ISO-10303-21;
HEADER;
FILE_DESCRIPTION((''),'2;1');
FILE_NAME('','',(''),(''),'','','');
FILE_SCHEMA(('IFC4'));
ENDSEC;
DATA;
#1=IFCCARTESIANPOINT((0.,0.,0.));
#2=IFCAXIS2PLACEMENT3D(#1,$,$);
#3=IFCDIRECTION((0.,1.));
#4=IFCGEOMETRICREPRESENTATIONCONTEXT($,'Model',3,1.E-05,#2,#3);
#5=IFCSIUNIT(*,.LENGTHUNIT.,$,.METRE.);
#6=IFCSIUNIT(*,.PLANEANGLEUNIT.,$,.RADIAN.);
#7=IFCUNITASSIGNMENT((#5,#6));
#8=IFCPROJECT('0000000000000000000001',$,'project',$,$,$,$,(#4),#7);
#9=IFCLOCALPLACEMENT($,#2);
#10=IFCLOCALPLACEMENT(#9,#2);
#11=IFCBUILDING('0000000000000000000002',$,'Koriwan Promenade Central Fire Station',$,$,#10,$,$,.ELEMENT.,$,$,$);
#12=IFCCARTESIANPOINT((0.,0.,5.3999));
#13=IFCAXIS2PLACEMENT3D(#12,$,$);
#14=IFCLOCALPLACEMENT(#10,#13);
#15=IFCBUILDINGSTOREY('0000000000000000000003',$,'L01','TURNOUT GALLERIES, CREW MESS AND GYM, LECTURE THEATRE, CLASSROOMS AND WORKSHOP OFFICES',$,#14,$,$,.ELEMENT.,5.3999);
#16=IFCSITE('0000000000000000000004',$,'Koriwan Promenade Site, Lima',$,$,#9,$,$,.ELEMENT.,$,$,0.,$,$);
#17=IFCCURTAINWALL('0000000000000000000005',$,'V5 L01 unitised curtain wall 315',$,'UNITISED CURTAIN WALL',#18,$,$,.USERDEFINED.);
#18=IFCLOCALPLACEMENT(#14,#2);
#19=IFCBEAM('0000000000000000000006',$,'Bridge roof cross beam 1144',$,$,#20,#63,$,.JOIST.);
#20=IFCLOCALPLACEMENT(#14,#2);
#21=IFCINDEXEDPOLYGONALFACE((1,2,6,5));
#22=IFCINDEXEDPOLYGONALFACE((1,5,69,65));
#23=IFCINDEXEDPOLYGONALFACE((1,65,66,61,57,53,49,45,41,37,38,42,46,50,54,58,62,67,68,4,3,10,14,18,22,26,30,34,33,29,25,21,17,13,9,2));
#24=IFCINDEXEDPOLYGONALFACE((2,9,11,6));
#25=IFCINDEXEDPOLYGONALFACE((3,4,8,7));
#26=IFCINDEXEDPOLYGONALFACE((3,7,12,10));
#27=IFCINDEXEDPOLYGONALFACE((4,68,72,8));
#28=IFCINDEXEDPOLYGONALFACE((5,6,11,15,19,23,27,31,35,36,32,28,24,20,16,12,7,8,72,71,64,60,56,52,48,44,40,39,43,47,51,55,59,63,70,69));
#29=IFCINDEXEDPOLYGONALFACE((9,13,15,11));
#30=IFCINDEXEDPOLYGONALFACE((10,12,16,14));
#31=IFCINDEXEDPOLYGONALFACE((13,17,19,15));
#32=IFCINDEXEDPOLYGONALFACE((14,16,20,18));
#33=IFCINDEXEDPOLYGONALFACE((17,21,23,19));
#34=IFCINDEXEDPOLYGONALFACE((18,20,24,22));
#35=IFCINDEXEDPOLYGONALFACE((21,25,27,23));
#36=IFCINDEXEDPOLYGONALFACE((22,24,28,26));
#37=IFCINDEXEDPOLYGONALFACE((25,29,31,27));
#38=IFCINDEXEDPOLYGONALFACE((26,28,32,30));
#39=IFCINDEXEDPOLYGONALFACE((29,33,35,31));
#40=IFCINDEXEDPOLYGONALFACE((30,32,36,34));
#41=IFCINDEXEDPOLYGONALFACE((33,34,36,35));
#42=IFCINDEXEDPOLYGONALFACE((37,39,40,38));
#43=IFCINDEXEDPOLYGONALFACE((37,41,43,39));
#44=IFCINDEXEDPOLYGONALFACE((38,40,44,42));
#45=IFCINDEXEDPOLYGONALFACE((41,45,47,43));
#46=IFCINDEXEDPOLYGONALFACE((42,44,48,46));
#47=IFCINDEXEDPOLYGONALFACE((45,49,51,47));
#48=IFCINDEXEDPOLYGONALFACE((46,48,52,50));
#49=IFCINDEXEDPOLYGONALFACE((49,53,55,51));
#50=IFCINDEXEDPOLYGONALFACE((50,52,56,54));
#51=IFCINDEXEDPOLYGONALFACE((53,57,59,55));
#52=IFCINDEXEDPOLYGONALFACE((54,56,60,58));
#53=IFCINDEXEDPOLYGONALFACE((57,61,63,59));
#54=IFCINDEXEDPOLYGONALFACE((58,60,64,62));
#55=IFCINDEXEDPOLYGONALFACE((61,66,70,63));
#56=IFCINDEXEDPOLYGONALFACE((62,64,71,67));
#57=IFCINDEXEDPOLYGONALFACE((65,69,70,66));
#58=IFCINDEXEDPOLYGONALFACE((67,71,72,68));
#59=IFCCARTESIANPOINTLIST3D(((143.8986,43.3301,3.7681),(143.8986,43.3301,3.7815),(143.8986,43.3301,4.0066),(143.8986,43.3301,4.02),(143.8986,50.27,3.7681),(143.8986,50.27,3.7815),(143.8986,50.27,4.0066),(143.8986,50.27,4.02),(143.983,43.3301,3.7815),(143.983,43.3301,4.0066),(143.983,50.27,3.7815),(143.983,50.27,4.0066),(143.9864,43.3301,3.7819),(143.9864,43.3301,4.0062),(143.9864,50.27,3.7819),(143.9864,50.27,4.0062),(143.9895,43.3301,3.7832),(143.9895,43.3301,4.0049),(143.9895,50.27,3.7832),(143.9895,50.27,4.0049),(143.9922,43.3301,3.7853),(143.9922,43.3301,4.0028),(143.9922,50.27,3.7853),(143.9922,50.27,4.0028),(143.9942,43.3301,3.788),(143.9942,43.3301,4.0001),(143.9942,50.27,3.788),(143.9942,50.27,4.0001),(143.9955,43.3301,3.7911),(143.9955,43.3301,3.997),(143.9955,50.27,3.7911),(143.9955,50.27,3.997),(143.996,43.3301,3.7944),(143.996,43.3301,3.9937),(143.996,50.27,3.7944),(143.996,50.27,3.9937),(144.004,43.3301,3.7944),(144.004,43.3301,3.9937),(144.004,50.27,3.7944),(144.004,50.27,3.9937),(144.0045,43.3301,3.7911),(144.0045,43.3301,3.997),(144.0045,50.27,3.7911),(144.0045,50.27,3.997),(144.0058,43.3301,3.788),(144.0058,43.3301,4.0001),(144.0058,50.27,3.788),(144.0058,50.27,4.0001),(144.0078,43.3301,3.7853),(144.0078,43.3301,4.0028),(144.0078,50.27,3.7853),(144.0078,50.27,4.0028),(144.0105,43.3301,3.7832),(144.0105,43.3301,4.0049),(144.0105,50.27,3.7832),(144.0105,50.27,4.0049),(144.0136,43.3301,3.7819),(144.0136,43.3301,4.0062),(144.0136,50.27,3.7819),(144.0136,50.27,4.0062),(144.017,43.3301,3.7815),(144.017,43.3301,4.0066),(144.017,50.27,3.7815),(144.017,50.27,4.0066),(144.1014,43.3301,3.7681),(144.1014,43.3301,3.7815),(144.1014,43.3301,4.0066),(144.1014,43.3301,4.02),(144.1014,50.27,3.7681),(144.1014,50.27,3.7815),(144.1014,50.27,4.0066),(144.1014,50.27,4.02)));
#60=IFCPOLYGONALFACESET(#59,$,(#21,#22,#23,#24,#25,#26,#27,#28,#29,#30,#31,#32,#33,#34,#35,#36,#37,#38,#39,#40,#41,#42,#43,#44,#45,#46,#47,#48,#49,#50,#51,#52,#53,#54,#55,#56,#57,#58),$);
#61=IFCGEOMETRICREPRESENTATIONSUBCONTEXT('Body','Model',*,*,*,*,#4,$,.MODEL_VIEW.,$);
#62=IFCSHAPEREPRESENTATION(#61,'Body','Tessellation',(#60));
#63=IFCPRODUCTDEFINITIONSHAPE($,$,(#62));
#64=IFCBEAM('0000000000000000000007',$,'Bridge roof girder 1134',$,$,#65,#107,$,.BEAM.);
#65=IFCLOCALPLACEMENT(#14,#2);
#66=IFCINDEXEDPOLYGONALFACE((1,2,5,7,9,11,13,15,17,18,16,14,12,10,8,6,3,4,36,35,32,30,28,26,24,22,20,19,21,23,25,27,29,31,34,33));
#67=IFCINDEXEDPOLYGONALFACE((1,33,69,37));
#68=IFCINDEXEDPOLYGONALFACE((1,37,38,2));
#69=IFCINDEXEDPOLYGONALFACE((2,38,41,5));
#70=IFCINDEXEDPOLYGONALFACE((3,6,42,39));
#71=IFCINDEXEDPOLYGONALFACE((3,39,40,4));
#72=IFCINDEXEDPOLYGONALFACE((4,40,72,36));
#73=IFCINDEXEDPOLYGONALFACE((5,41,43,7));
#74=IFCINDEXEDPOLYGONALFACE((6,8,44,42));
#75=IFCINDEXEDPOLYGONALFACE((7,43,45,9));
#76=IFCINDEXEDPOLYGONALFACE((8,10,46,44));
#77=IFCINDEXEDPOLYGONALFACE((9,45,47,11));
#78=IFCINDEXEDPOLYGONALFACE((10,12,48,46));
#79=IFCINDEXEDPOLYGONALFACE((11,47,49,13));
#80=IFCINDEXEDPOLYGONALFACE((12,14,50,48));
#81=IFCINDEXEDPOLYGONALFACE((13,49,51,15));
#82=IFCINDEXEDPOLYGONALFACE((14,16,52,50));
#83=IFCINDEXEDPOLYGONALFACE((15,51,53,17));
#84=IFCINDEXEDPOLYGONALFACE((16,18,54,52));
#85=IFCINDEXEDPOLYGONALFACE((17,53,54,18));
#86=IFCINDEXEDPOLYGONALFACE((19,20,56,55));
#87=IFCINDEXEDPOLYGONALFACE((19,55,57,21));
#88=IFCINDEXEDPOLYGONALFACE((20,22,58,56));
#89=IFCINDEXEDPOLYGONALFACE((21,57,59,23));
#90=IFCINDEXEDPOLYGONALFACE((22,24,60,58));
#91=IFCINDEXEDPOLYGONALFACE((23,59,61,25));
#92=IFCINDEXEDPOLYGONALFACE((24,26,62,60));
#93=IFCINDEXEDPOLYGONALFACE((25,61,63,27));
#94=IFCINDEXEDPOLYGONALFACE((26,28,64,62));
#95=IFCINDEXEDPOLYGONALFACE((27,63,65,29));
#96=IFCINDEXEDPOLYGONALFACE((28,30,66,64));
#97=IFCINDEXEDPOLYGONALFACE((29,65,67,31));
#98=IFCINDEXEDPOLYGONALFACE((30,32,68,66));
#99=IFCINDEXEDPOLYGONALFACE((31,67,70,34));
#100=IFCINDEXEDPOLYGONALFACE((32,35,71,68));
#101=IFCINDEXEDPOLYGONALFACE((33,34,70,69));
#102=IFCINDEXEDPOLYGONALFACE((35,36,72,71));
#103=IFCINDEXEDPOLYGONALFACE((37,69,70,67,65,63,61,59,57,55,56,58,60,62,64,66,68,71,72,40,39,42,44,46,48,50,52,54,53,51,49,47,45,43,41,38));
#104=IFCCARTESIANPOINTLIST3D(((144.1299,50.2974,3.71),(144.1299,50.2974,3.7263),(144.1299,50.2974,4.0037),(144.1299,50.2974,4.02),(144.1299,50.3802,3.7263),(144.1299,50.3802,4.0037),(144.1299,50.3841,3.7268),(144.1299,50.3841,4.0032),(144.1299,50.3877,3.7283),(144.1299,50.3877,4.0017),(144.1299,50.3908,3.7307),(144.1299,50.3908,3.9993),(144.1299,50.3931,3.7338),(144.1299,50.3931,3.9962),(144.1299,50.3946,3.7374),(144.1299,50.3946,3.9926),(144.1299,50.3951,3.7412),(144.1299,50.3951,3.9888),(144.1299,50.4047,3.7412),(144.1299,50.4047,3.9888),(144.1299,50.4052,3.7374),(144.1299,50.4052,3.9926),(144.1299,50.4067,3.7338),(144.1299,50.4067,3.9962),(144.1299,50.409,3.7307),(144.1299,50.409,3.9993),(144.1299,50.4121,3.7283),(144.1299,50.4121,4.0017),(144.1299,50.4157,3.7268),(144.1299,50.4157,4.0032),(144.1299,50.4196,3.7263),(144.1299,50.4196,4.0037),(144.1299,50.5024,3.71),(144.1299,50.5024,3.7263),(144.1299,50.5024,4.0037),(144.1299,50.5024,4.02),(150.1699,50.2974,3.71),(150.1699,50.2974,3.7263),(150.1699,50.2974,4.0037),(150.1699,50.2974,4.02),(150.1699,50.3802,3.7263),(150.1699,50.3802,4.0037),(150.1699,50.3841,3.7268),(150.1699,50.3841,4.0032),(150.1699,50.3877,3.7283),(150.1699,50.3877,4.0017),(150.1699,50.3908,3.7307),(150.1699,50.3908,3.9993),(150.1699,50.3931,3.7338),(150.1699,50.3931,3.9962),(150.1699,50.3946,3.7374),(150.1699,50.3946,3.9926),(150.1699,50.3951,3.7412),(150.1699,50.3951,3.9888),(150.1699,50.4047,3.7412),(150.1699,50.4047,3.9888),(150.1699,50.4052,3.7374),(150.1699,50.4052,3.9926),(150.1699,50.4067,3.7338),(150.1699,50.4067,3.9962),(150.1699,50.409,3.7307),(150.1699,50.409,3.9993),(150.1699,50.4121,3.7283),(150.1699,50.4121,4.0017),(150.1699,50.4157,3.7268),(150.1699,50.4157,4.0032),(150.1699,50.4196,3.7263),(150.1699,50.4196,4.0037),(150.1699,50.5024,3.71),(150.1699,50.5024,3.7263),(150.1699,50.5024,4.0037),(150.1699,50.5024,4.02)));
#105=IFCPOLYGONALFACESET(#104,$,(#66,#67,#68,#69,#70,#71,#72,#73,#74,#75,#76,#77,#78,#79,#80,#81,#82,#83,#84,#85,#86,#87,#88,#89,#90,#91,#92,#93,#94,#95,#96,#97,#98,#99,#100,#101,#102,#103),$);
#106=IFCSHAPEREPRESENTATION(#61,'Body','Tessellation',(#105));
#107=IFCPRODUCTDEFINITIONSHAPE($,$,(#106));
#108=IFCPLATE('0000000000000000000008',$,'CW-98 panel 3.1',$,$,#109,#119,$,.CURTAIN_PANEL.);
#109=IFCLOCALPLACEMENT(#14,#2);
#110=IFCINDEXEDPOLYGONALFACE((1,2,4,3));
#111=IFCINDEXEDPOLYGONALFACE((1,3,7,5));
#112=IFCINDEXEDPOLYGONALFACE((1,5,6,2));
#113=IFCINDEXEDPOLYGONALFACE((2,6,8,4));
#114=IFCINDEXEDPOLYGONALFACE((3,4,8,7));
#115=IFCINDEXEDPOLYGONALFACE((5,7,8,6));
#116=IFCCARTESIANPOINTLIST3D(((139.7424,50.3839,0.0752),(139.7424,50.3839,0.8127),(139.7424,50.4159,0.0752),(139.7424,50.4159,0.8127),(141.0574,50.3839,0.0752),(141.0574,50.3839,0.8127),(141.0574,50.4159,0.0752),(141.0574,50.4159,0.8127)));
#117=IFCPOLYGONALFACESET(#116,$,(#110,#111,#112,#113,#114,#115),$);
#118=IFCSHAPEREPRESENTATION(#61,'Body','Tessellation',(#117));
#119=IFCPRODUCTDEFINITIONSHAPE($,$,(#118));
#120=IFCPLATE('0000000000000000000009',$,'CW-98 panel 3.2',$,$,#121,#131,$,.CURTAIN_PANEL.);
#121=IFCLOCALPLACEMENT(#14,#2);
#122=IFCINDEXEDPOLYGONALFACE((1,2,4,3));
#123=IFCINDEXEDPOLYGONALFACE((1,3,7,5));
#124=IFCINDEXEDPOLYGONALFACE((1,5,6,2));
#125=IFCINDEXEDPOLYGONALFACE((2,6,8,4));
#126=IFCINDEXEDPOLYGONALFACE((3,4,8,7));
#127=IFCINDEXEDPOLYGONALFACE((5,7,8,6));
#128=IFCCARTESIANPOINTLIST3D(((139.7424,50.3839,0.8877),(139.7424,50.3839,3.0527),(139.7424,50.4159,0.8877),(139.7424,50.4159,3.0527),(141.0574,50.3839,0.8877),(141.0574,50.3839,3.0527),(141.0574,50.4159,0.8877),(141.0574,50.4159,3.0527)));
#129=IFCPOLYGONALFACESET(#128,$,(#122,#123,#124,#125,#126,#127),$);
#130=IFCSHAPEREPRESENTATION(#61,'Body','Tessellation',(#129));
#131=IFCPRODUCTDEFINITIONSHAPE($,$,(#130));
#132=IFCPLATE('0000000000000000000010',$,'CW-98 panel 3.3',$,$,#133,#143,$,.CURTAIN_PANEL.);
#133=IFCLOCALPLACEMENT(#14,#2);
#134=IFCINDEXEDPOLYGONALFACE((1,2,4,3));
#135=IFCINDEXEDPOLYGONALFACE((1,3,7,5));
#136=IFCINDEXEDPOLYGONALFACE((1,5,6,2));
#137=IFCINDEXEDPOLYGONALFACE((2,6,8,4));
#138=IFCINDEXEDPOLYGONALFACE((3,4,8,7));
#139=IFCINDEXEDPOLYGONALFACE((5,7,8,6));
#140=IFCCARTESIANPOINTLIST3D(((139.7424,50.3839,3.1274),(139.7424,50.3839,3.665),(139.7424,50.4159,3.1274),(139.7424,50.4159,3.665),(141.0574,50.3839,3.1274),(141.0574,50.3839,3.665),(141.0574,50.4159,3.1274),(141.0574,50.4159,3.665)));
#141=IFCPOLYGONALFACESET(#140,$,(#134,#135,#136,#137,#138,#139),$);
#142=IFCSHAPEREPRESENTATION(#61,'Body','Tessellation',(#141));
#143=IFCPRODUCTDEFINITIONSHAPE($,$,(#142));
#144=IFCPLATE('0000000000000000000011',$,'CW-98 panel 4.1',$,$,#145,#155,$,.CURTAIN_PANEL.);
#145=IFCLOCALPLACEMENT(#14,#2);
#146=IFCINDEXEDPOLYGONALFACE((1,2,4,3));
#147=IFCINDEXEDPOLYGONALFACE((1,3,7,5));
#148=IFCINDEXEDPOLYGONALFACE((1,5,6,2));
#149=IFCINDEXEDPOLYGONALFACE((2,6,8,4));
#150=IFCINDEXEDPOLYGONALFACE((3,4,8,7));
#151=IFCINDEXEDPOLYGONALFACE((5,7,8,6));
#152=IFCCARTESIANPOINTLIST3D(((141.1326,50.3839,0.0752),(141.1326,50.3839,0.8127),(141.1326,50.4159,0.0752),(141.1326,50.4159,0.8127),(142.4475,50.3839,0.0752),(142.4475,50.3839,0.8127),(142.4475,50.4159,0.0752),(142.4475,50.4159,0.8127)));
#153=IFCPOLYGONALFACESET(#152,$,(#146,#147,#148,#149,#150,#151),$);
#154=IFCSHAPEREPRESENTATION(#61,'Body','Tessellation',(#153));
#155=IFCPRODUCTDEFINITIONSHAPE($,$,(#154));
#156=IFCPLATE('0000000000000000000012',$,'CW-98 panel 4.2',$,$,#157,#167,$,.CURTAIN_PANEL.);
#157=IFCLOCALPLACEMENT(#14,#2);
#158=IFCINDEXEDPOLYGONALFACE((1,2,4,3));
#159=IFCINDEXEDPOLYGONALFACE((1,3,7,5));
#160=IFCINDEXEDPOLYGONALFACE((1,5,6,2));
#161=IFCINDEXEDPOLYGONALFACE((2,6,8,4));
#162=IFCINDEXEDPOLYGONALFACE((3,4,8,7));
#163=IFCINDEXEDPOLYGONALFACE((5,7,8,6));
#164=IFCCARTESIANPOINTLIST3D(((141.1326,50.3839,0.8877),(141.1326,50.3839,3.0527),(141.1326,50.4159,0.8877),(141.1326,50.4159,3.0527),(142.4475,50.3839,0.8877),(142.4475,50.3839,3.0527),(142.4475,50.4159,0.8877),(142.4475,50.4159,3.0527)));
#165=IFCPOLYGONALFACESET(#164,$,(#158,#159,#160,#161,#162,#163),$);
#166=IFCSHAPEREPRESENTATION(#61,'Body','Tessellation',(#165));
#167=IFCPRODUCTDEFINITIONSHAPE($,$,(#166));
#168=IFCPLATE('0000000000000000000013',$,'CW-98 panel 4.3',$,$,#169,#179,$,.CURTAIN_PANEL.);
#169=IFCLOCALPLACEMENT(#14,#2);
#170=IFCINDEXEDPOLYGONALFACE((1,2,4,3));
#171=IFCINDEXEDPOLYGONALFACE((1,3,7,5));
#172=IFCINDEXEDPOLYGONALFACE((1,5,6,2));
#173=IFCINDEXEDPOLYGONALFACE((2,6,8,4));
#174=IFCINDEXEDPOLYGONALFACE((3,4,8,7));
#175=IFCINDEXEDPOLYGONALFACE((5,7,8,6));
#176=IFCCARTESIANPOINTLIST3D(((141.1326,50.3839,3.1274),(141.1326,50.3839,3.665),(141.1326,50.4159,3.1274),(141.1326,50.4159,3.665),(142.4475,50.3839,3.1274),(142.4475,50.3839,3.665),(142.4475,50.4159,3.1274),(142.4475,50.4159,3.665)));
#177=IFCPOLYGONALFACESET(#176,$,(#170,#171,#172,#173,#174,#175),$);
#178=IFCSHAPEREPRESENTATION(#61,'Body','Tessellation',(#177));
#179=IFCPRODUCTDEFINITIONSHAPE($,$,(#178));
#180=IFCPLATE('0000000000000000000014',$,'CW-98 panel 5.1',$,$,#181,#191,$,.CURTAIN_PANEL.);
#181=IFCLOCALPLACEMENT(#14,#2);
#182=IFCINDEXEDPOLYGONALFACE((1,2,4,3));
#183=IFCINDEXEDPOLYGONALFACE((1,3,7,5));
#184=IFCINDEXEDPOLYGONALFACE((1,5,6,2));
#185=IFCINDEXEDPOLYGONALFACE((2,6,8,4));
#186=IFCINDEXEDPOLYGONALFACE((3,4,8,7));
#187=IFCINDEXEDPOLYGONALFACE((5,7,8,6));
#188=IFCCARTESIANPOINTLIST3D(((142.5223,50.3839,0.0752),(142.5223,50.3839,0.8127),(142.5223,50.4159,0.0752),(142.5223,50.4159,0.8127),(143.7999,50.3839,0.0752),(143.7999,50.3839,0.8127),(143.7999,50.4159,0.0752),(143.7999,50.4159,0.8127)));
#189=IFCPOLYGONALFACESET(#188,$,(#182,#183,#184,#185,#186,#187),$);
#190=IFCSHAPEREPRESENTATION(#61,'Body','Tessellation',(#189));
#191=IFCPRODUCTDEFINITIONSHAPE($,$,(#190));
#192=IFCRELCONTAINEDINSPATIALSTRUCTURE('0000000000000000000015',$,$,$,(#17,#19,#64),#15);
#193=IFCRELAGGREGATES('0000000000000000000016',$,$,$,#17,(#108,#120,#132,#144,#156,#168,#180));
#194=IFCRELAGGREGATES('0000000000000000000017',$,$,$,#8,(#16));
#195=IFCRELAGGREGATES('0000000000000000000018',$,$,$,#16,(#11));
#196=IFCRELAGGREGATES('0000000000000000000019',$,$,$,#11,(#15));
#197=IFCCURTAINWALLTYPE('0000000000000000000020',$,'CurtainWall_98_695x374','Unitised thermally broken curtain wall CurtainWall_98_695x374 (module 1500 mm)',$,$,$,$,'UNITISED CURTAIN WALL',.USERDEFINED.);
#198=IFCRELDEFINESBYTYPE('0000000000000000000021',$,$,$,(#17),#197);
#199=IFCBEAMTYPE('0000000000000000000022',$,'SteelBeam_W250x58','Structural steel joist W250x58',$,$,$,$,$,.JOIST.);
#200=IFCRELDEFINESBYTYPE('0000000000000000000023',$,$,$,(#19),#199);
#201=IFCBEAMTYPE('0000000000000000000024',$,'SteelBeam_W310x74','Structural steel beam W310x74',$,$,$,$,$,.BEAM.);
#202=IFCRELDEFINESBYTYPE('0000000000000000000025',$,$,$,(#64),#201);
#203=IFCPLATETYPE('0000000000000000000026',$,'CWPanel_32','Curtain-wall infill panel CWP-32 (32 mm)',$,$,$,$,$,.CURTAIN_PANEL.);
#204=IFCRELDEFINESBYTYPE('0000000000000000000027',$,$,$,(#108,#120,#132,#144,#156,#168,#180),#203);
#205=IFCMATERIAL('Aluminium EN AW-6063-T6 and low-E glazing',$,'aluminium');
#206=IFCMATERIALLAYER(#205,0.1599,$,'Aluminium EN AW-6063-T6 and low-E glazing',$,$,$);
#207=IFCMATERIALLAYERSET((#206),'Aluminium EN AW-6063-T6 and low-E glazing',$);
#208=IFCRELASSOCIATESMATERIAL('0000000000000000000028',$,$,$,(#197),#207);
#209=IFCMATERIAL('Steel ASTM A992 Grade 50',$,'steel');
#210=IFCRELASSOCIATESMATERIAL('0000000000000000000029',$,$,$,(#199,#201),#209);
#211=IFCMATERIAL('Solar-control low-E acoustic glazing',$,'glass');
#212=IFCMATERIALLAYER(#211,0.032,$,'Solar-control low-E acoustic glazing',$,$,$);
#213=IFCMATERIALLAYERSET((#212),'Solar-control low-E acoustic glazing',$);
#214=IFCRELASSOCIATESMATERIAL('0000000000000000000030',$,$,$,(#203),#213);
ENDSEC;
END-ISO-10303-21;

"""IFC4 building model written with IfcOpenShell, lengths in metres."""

from ifc_helpers import new_model, si_unit, direction, frame, origin, origin_2d, place, context, subcontext, project, spatial, rectangle, i_section, extrude, material, layer, layer_set, material_profile, profile_set, type_object, element, aggregate, save


model = new_model("IFC4")

# Units and contexts
model_context = context("Model", 3, precision=1e-05, world=origin(), true_north=direction((0.0, 1.0)))
body_context = subcontext(model_context, "Body", "Model", "MODEL_VIEW")
ifc_project = project(units=[si_unit("LENGTHUNIT", "METRE"), si_unit("PLANEANGLEUNIT", "RADIAN")], contexts=[model_context])

# Site, building, storey
site_placement = place(None, origin())
site = spatial("IfcSite", under=ifc_project, at=site_placement, Name="Koriwan Promenade Site, Lima", CompositionType="ELEMENT", RefElevation=0.0)
building_placement = place(site_placement, origin())
building = spatial("IfcBuilding", under=site, at=building_placement, Name="Koriwan Promenade Central Fire Station", CompositionType="ELEMENT")
storey_placement = place(building_placement, frame((0.0, 0.0, 5.3999)))
storey = spatial("IfcBuildingStorey", under=building, at=storey_placement, Name="L01", Description="TURNOUT GALLERIES, CREW MESS AND GYM, LECTURE THEATRE, CLASSROOMS AND WORKSHOP OFFICES", CompositionType="ELEMENT", Elevation=5.3999)

# Curtain wall
ifc_material_1 = material(Name="Aluminium EN AW-6063-T6 and low-E glazing", Category="aluminium")
ifc_layer_1 = layer(ifc_material_1, 0.1599, Name="Aluminium EN AW-6063-T6 and low-E glazing")
ifc_layer_set_1 = layer_set([ifc_layer_1], Name="Aluminium EN AW-6063-T6 and low-E glazing")
curtain_wall_type_1 = type_object("IfcCurtainWallType", Name="CurtainWall_98_695x374", Description="Unitised thermally broken curtain wall CurtainWall_98_695x374 (module 1500 mm)", ElementType="UNITISED CURTAIN WALL", PredefinedType="USERDEFINED", material=ifc_layer_set_1)
curtain_wall_1_placement = place(storey_placement, origin())
curtain_wall_1 = element("IfcCurtainWall", 1, at=curtain_wall_1_placement, inside=storey, type_object=curtain_wall_type_1, Name="V5 L01 unitised curtain wall 315", ObjectType="UNITISED CURTAIN WALL", PredefinedType="USERDEFINED")

# Beams
ifc_material_2 = material(Name="Steel ASTM A992 Grade 50", Category="steel")
ifc_material_profile_1 = material_profile(ifc_material_2, i_section(OverallWidth=0.2029, OverallDepth=0.252, WebThickness=0.0081, FlangeThickness=0.0134, FilletRadius=0.0129, at=origin_2d()), Name="W250x58")
ifc_profile_set_1 = profile_set([ifc_material_profile_1], Name="Steel ASTM A992 Grade 50")
beam_type_1 = type_object("IfcBeamType", Name="SteelBeam_W250x58", Description="Structural steel joist W250x58", PredefinedType="JOIST", material=ifc_profile_set_1)
beam_1_placement = place(storey_placement, frame((144.0, 43.3301, 3.894), z_axis=(0.0, 1.0, 0.0), x_axis=(-1.0, 0.0, 0.0)))
element("IfcBeam", 2, at=beam_1_placement, inside=storey, type_object=beam_type_1, Name="Bridge roof cross beam 1144", PredefinedType="JOIST", context=body_context, shape_type="SweptSolid", body=[
    extrude(i_section(OverallWidth=0.2029, OverallDepth=0.252, WebThickness=0.0081, FlangeThickness=0.0134, FilletRadius=0.0129, at=origin_2d()), origin(), (0.0, 0.0, 1.0), 6.9399),
])
ifc_material_profile_2 = material_profile(ifc_material_2, i_section(OverallWidth=0.2051, OverallDepth=0.3101, WebThickness=0.0095, FlangeThickness=0.0164, FilletRadius=0.0149, at=origin_2d()), Name="W310x74")
ifc_profile_set_2 = profile_set([ifc_material_profile_2], Name="Steel ASTM A992 Grade 50")
beam_type_2 = type_object("IfcBeamType", Name="SteelBeam_W310x74", Description="Structural steel beam W310x74", PredefinedType="BEAM", material=ifc_profile_set_2)
beam_2_placement = place(storey_placement, frame((144.1299, 50.3999, 3.865), z_axis=(1.0, 0.0, 0.0), x_axis=(0.0, 1.0, 0.0)))
element("IfcBeam", 3, at=beam_2_placement, inside=storey, type_object=beam_type_2, Name="Bridge roof girder 1134", PredefinedType="BEAM", context=body_context, shape_type="SweptSolid", body=[
    extrude(i_section(OverallWidth=0.2051, OverallDepth=0.3101, WebThickness=0.0095, FlangeThickness=0.0164, FilletRadius=0.0149, at=origin_2d()), origin(), (0.0, 0.0, 1.0), 6.04),
])

# Plates
ifc_material_3 = material(Name="Solar-control low-E acoustic glazing", Category="glass")
ifc_layer_2 = layer(ifc_material_3, 0.032, Name="Solar-control low-E acoustic glazing")
ifc_layer_set_2 = layer_set([ifc_layer_2], Name="Solar-control low-E acoustic glazing")
plate_type = type_object("IfcPlateType", Name="CWPanel_32", Description="Curtain-wall infill panel CWP-32 (32 mm)", PredefinedType="CURTAIN_PANEL", material=ifc_layer_set_2)
plate_1_placement = place(storey_placement, frame((140.3999, 50.3999, 0.0752), z_axis=(0.0, 0.0, 1.0), x_axis=(1.0, 0.0, 0.0)))
plate_1 = element("IfcPlate", 4, at=plate_1_placement, type_object=plate_type, Name="CW-98 panel 3.1", PredefinedType="CURTAIN_PANEL", context=body_context, shape_type="SweptSolid", body=[
    extrude(rectangle(XDim=1.3149, YDim=0.032, at=origin_2d()), origin(), (0.0, 0.0, 1.0), 0.7375),
])
plate_2_placement = place(storey_placement, frame((140.3999, 50.3999, 0.8877), z_axis=(0.0, 0.0, 1.0), x_axis=(1.0, 0.0, 0.0)))
plate_2 = element("IfcPlate", 5, at=plate_2_placement, type_object=plate_type, Name="CW-98 panel 3.2", PredefinedType="CURTAIN_PANEL", context=body_context, shape_type="SweptSolid", body=[
    extrude(rectangle(XDim=1.3149, YDim=0.032, at=origin_2d()), origin(), (0.0, 0.0, 1.0), 2.165),
])
plate_3_placement = place(storey_placement, frame((140.3999, 50.3999, 3.1274), z_axis=(0.0, 0.0, 1.0), x_axis=(1.0, 0.0, 0.0)))
plate_3 = element("IfcPlate", 6, at=plate_3_placement, type_object=plate_type, Name="CW-98 panel 3.3", PredefinedType="CURTAIN_PANEL", context=body_context, shape_type="SweptSolid", body=[
    extrude(rectangle(XDim=1.3149, YDim=0.032, at=origin_2d()), origin(), (0.0, 0.0, 1.0), 0.5376),
])
plate_4_placement = place(storey_placement, frame((141.79, 50.3999, 0.0752), z_axis=(0.0, 0.0, 1.0), x_axis=(1.0, 0.0, 0.0)))
plate_4 = element("IfcPlate", 7, at=plate_4_placement, type_object=plate_type, Name="CW-98 panel 4.1", PredefinedType="CURTAIN_PANEL", context=body_context, shape_type="SweptSolid", body=[
    extrude(rectangle(XDim=1.3149, YDim=0.032, at=origin_2d()), origin(), (0.0, 0.0, 1.0), 0.7375),
])
plate_5_placement = place(storey_placement, frame((141.79, 50.3999, 0.8877), z_axis=(0.0, 0.0, 1.0), x_axis=(1.0, 0.0, 0.0)))
plate_5 = element("IfcPlate", 8, at=plate_5_placement, type_object=plate_type, Name="CW-98 panel 4.2", PredefinedType="CURTAIN_PANEL", context=body_context, shape_type="SweptSolid", body=[
    extrude(rectangle(XDim=1.3149, YDim=0.032, at=origin_2d()), origin(), (0.0, 0.0, 1.0), 2.165),
])
plate_6_placement = place(storey_placement, frame((141.79, 50.3999, 3.1274), z_axis=(0.0, 0.0, 1.0), x_axis=(1.0, 0.0, 0.0)))
plate_6 = element("IfcPlate", 9, at=plate_6_placement, type_object=plate_type, Name="CW-98 panel 4.3", PredefinedType="CURTAIN_PANEL", context=body_context, shape_type="SweptSolid", body=[
    extrude(rectangle(XDim=1.3149, YDim=0.032, at=origin_2d()), origin(), (0.0, 0.0, 1.0), 0.5376),
])
plate_7_placement = place(storey_placement, frame((143.1611, 50.3999, 0.0752), z_axis=(0.0, 0.0, 1.0), x_axis=(1.0, 0.0, 0.0)))
plate_7 = element("IfcPlate", 10, at=plate_7_placement, type_object=plate_type, Name="CW-98 panel 5.1", PredefinedType="CURTAIN_PANEL", context=body_context, shape_type="SweptSolid", body=[
    extrude(rectangle(XDim=1.2776, YDim=0.032, at=origin_2d()), origin(), (0.0, 0.0, 1.0), 0.7375),
])
aggregate(curtain_wall_1, [plate_1, plate_2, plate_3, plate_4, plate_5, plate_6, plate_7])

save(model, "model.ifc")
